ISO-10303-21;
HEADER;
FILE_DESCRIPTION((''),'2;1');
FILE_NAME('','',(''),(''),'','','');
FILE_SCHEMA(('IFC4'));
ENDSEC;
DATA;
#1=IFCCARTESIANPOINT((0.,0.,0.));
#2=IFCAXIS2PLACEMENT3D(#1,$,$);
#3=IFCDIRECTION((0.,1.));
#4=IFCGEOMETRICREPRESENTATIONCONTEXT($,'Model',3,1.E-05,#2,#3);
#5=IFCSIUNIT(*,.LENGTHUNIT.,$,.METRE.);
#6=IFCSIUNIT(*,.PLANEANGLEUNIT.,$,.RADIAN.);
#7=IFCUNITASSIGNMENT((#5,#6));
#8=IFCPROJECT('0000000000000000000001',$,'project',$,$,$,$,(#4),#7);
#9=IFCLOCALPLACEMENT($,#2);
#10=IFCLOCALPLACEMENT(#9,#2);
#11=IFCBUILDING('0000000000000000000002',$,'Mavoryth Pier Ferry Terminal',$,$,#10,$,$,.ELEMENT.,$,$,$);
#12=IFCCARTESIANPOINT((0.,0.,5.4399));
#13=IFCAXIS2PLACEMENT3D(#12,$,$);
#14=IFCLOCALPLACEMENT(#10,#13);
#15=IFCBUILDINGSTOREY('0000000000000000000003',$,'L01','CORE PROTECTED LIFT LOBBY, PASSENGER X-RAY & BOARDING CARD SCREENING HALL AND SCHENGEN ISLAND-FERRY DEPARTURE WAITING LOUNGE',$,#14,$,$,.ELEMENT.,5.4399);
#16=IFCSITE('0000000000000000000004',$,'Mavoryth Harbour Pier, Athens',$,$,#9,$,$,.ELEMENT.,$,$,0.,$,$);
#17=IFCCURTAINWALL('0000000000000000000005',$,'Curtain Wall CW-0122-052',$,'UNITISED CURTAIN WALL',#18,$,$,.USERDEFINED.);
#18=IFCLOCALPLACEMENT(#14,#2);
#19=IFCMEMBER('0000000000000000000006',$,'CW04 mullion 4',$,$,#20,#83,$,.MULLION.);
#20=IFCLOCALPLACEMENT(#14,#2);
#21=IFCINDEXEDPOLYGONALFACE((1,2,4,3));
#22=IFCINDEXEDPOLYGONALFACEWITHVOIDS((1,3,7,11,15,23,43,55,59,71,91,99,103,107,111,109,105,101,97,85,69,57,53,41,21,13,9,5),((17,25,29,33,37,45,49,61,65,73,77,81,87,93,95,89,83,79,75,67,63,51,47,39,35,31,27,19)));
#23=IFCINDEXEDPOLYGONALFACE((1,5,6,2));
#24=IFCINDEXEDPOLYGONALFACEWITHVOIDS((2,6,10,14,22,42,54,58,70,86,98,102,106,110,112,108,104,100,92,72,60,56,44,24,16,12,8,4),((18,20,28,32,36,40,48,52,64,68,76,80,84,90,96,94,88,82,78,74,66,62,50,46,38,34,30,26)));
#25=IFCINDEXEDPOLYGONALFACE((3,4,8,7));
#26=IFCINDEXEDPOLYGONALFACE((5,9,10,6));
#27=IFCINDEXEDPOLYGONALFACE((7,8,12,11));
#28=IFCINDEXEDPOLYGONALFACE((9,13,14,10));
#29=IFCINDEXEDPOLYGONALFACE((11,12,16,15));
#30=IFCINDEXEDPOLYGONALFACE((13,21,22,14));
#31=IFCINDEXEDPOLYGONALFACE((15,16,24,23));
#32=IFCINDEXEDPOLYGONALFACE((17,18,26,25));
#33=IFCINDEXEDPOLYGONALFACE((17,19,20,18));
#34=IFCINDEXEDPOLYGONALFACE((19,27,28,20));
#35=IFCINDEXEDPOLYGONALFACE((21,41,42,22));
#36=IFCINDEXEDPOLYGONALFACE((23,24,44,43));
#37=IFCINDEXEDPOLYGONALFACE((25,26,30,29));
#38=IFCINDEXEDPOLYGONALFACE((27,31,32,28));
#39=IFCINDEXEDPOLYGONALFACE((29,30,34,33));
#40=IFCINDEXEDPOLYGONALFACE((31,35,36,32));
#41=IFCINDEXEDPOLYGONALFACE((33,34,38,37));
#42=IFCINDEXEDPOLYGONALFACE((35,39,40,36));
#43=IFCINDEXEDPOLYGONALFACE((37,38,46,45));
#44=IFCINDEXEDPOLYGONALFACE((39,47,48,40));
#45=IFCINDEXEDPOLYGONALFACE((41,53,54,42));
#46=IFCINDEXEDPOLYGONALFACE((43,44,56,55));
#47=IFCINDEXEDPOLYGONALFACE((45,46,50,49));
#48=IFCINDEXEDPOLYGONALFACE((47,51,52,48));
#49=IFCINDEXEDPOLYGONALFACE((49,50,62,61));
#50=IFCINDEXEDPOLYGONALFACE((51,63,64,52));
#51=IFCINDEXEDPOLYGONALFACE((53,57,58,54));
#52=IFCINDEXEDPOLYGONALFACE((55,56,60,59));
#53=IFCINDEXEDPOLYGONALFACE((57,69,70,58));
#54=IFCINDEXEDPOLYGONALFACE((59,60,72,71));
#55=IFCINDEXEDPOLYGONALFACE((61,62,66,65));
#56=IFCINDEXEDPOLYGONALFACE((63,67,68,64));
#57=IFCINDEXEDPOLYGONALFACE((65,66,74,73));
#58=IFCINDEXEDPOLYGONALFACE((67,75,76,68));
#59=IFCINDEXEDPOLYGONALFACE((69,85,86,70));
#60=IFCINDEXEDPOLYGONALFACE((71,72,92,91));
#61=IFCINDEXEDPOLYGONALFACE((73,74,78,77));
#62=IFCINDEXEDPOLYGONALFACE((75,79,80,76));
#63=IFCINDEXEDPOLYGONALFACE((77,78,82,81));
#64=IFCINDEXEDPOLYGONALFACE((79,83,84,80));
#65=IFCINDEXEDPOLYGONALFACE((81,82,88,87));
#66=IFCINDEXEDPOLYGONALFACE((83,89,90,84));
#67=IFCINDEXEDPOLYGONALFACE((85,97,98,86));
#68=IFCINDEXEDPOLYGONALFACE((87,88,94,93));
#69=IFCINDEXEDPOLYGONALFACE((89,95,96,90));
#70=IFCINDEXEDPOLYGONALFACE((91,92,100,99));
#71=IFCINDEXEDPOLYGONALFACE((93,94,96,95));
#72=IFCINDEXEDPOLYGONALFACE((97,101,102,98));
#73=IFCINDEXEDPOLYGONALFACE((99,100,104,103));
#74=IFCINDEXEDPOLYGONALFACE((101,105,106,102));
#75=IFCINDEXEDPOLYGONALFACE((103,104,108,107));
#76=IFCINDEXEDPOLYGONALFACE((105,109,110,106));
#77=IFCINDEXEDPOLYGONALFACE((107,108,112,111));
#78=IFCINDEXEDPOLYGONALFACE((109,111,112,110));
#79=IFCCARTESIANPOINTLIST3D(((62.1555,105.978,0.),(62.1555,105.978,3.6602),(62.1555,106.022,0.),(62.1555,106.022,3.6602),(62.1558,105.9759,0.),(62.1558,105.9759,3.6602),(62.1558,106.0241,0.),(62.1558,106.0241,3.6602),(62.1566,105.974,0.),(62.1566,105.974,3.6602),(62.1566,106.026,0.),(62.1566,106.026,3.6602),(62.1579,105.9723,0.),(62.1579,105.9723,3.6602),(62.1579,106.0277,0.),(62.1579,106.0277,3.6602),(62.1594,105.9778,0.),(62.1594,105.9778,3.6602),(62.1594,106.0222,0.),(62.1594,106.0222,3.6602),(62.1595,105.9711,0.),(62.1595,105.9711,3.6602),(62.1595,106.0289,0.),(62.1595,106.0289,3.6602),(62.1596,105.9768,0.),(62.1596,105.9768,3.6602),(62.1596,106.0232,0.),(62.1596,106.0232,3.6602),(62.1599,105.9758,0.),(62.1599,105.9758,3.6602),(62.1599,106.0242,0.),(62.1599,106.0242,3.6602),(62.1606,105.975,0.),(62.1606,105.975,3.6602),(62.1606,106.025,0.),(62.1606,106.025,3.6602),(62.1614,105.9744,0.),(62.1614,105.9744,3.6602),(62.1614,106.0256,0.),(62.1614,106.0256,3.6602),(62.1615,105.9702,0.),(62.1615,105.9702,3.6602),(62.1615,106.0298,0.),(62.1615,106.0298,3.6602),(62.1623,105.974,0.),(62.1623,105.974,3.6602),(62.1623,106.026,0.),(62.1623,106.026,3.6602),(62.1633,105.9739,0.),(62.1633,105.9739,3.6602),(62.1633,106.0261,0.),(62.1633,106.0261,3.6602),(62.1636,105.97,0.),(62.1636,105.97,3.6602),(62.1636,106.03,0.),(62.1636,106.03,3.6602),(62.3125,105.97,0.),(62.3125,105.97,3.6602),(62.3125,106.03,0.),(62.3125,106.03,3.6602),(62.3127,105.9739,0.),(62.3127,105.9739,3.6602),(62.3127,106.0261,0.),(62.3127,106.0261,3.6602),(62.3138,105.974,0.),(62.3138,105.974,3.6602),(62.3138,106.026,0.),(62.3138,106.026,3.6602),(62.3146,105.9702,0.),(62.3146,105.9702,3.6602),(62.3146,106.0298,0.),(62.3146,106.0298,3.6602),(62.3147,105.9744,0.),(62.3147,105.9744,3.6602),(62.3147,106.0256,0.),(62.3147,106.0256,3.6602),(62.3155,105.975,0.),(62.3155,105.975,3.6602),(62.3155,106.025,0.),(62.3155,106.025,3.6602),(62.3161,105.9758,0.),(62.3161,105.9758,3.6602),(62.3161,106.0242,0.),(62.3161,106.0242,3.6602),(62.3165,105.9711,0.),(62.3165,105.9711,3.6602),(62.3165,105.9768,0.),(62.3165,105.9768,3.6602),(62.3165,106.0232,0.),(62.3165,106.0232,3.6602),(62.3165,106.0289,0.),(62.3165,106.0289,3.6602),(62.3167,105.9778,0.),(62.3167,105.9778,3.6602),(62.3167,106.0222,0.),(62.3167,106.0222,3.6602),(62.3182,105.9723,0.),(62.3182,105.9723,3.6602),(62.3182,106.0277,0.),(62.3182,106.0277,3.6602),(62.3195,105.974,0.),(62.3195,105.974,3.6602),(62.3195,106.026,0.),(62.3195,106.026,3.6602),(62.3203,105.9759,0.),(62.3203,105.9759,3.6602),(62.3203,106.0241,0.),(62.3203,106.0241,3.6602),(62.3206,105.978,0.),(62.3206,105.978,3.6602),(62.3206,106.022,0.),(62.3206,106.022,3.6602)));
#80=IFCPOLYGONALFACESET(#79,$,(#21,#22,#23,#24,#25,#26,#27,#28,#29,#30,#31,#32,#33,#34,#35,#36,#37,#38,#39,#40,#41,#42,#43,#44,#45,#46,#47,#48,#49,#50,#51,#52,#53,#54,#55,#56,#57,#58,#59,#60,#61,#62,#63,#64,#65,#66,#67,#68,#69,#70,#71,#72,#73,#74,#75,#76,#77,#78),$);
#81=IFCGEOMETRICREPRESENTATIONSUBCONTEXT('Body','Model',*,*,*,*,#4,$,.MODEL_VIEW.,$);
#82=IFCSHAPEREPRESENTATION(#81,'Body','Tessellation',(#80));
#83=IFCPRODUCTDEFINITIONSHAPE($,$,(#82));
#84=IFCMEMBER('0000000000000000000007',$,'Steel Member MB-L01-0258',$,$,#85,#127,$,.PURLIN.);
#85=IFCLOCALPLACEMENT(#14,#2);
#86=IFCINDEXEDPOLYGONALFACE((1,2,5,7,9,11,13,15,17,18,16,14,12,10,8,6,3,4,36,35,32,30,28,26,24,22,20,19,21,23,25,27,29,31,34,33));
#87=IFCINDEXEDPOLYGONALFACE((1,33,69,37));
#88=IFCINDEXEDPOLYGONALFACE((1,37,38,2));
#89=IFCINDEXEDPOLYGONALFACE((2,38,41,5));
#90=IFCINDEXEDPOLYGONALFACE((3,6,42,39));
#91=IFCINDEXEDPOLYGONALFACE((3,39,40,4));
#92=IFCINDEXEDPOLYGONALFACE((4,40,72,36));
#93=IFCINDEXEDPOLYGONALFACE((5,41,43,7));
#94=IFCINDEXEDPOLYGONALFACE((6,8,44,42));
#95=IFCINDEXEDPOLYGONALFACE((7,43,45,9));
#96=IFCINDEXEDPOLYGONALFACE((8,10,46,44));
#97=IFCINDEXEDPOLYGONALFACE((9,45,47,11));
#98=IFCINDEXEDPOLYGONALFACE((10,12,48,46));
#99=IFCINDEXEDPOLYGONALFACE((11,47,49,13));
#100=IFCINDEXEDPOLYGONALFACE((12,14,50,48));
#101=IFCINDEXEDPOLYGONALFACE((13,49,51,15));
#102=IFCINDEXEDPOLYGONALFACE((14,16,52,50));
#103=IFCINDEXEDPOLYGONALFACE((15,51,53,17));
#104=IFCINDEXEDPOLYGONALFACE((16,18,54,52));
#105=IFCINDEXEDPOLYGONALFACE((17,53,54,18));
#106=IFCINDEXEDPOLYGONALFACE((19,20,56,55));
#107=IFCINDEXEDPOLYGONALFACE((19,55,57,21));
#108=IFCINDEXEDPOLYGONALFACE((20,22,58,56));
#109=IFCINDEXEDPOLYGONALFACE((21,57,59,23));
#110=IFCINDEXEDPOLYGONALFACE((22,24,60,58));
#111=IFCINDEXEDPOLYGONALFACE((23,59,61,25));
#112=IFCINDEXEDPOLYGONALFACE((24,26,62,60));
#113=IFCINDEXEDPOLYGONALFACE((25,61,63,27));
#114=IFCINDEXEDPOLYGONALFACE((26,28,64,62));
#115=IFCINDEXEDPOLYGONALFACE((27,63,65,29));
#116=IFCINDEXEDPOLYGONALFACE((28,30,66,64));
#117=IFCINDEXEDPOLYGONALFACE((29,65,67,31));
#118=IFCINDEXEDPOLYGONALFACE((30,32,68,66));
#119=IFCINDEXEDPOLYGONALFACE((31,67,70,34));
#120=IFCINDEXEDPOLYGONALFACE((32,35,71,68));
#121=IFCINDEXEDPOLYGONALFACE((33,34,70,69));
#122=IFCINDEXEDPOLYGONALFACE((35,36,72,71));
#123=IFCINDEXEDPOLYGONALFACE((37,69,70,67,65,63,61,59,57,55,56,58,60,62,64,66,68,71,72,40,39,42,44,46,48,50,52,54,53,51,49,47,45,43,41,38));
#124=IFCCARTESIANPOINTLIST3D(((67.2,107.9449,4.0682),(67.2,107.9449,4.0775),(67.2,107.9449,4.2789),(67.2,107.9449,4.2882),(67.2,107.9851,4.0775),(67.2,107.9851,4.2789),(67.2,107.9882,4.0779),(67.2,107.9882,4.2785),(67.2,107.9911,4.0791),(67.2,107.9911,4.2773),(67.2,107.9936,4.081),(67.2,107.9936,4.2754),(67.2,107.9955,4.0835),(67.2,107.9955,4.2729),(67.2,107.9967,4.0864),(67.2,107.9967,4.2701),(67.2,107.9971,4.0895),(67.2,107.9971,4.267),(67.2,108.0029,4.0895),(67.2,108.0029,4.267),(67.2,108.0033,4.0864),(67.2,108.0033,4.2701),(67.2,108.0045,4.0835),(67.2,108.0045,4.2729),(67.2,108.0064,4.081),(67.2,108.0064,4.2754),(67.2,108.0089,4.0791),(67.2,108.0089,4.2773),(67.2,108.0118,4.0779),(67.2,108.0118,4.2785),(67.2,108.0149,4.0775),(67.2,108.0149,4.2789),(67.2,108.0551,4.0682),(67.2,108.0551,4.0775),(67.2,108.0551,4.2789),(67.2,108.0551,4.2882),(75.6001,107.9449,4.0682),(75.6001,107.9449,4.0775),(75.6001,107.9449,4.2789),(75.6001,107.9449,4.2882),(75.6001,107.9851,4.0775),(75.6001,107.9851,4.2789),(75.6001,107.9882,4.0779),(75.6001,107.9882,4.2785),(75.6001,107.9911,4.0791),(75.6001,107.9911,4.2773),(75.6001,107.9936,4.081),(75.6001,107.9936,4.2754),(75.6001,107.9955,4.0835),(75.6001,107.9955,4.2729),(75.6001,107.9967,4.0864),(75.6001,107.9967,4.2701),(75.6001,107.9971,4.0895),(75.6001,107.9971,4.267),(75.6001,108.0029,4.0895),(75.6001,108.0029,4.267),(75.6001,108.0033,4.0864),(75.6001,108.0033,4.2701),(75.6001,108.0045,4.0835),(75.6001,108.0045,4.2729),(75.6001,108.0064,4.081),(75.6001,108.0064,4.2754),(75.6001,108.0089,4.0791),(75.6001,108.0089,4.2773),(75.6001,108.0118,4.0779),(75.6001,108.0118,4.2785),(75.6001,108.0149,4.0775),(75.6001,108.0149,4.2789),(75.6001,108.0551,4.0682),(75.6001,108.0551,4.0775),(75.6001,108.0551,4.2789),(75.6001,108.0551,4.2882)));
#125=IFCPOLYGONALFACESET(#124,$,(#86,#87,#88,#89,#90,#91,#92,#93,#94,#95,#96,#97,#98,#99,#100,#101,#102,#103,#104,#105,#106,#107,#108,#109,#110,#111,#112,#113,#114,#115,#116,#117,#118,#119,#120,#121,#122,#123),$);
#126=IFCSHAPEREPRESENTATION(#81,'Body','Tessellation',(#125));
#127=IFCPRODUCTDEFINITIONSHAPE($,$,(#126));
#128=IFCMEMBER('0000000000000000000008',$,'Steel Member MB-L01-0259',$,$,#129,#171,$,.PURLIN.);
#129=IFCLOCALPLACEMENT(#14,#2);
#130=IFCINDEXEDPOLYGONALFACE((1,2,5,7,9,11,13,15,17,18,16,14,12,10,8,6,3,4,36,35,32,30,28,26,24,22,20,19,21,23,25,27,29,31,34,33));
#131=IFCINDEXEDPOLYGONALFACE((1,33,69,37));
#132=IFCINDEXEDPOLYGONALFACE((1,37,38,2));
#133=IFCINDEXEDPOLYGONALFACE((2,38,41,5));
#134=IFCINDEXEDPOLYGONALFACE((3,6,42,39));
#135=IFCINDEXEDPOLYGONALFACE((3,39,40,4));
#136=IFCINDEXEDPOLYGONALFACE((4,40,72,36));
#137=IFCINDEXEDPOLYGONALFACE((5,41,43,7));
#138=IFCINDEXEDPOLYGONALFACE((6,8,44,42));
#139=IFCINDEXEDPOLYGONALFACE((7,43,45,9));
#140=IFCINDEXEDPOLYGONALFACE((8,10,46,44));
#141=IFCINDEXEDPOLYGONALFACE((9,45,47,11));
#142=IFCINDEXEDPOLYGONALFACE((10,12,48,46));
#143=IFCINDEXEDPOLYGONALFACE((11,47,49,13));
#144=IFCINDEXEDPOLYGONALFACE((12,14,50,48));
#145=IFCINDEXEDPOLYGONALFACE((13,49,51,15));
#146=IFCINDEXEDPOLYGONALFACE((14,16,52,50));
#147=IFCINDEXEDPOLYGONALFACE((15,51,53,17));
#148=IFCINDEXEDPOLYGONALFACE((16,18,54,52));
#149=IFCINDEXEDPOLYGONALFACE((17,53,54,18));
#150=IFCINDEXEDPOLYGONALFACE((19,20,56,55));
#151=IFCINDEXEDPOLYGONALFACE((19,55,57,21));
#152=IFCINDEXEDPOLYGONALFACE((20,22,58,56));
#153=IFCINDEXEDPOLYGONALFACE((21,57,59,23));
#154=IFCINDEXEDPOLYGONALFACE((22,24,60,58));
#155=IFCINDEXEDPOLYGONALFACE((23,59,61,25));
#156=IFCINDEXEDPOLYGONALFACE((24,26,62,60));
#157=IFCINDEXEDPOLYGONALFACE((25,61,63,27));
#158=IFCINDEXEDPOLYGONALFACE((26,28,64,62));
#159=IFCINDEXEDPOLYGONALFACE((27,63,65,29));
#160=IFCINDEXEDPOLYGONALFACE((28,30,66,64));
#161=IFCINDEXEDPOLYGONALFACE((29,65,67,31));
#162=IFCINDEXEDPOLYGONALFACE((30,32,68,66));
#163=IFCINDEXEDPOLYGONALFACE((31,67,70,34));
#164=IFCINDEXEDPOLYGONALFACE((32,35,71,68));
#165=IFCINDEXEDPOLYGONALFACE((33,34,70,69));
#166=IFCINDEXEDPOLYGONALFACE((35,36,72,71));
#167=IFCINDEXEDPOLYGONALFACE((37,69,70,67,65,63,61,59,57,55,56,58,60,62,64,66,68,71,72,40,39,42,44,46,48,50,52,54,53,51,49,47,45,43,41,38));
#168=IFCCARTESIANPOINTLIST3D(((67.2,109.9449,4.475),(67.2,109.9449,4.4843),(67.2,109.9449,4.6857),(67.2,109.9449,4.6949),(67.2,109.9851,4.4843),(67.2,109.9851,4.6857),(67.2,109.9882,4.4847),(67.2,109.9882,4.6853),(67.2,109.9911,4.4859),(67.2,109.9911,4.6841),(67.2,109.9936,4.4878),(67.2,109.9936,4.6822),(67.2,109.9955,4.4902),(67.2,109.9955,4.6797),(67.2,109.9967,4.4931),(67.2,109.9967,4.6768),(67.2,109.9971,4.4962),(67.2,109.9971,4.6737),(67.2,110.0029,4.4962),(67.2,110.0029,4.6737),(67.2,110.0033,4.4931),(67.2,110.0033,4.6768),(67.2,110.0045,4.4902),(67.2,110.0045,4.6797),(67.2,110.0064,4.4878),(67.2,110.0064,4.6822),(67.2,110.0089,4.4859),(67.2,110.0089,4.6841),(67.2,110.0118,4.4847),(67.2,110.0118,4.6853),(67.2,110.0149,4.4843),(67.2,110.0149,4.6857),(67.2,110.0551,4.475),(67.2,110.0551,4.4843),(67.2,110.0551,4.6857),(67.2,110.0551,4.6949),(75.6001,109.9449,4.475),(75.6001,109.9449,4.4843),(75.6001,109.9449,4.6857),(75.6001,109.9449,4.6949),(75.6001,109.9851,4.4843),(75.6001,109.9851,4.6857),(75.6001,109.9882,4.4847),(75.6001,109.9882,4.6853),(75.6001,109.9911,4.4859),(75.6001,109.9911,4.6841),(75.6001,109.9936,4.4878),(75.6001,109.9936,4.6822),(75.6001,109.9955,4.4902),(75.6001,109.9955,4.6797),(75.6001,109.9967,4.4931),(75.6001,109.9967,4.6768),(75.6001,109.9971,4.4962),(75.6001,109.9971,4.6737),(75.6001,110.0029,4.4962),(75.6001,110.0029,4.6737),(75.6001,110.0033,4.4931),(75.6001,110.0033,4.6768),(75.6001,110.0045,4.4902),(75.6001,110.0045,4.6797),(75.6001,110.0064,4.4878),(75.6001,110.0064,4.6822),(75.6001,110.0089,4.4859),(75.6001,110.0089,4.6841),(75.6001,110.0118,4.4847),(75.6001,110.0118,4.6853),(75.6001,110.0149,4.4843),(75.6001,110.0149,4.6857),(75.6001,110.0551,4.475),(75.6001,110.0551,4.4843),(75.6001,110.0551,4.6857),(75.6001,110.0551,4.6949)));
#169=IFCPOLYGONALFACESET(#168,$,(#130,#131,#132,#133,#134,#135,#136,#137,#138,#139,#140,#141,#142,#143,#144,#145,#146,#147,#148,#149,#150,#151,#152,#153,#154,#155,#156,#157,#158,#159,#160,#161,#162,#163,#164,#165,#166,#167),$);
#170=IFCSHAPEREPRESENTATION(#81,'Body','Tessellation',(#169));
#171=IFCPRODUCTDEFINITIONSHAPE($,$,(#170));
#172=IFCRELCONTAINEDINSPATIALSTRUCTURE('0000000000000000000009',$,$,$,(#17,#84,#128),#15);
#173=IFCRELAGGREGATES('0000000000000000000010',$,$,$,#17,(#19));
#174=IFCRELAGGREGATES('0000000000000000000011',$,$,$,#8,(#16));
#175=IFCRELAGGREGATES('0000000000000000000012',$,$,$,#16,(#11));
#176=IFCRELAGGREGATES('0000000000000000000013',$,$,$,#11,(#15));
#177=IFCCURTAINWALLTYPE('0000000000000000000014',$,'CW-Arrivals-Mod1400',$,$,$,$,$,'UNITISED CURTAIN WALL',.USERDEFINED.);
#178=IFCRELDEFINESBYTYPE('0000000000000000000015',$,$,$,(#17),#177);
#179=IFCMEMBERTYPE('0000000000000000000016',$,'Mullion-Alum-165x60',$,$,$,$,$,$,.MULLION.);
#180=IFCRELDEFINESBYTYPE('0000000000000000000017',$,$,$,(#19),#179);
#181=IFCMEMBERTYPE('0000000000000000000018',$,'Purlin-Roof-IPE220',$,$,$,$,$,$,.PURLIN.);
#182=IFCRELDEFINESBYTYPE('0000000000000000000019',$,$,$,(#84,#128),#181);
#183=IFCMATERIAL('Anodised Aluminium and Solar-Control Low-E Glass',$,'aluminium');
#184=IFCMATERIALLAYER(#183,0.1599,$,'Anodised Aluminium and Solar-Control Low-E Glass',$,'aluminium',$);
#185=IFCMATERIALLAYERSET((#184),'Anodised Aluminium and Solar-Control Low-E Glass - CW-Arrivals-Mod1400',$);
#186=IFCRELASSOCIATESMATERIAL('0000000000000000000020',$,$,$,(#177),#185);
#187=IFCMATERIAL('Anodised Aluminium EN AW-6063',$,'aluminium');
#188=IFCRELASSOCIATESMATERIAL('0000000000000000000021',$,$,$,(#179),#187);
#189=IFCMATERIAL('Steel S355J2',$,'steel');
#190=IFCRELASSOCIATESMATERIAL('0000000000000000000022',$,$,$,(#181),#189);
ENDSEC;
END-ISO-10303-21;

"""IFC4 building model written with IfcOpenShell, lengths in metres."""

from ifc_helpers import new_model, si_unit, direction, frame, origin, origin_2d, place, context, subcontext, project, spatial, hollow_rectangle, i_section, extrude, material, layer, layer_set, material_profile, profile_set, type_object, element, aggregate, save


model = new_model("IFC4")

# Units and contexts
model_context = context("Model", 3, precision=1e-05, world=origin(), true_north=direction((0.0, 1.0)))
body_context = subcontext(model_context, "Body", "Model", "MODEL_VIEW")
ifc_project = project(units=[si_unit("LENGTHUNIT", "METRE"), si_unit("PLANEANGLEUNIT", "RADIAN")], contexts=[model_context])

# Site, building, storey
site_placement = place(None, origin())
site = spatial("IfcSite", under=ifc_project, at=site_placement, Name="Mavoryth Harbour Pier, Athens", CompositionType="ELEMENT", RefElevation=0.0)
building_placement = place(site_placement, origin())
building = spatial("IfcBuilding", under=site, at=building_placement, Name="Mavoryth Pier Ferry Terminal", CompositionType="ELEMENT")
storey_placement = place(building_placement, frame((0.0, 0.0, 5.4399)))
storey = spatial("IfcBuildingStorey", under=building, at=storey_placement, Name="L01", Description="CORE PROTECTED LIFT LOBBY, PASSENGER X-RAY & BOARDING CARD SCREENING HALL AND SCHENGEN ISLAND-FERRY DEPARTURE WAITING LOUNGE", CompositionType="ELEMENT", Elevation=5.4399)

# Shared definitions
ifc_material_1 = material(Name="Steel S355J2", Category="steel")

# Curtain wall, member
ifc_material_2 = material(Name="Anodised Aluminium and Solar-Control Low-E Glass", Category="aluminium")
ifc_layer_1 = layer(ifc_material_2, 0.1599, Name="Anodised Aluminium and Solar-Control Low-E Glass", Category="aluminium")
ifc_layer_set_1 = layer_set([ifc_layer_1], Name="Anodised Aluminium and Solar-Control Low-E Glass - CW-Arrivals-Mod1400")
curtain_wall_type = type_object("IfcCurtainWallType", Name="CW-Arrivals-Mod1400", ElementType="UNITISED CURTAIN WALL", PredefinedType="USERDEFINED", material=ifc_layer_set_1)
curtain_wall_placement = place(storey_placement, origin())
curtain_wall = element("IfcCurtainWall", 1, at=curtain_wall_placement, inside=storey, type_object=curtain_wall_type, Name="Curtain Wall CW-0122-052", ObjectType="UNITISED CURTAIN WALL", PredefinedType="USERDEFINED")
ifc_material_3 = material(Name="Anodised Aluminium EN AW-6063", Category="aluminium")
ifc_material_profile_1 = material_profile(ifc_material_3, hollow_rectangle(XDim=0.0601, YDim=0.165, WallThickness=0.0039, InnerFilletRadius=0.0039, OuterFilletRadius=0.0081, at=origin_2d()), Name="AL-MULL 165x60x4", Category="aluminium")
ifc_profile_set_1 = profile_set([ifc_material_profile_1], Name="Anodised Aluminium EN AW-6063 - AL-MULL 165x60x4")
member_type_1 = type_object("IfcMemberType", Name="Mullion-Alum-165x60", PredefinedType="MULLION", material=ifc_profile_set_1)
member_1_placement = place(storey_placement, frame((62.238, 106.0, 0.0), z_axis=(0.0, 0.0, 1.0), x_axis=(0.0, -1.0, 0.0)))
member_1 = element("IfcMember", 2, at=member_1_placement, type_object=member_type_1, Name="CW04 mullion 4", PredefinedType="MULLION", context=body_context, shape_type="SweptSolid", body=[
    extrude(hollow_rectangle(XDim=0.0601, YDim=0.165, WallThickness=0.0039, InnerFilletRadius=0.0039, OuterFilletRadius=0.0081, at=origin_2d()), origin(), (0.0, 0.0, 1.0), 3.6602),
])

# Members
ifc_material_profile_2 = material_profile(ifc_material_1, i_section(OverallWidth=0.1101, OverallDepth=0.22, WebThickness=0.0059, FlangeThickness=0.0093, FilletRadius=0.012, at=origin_2d()), Name="IPE 220", Category="steel")
ifc_profile_set_2 = profile_set([ifc_material_profile_2], Name="Steel S355J2 - IPE 220")
member_type_2 = type_object("IfcMemberType", Name="Purlin-Roof-IPE220", PredefinedType="PURLIN", material=ifc_profile_set_2)
for number, where, z_axis, x_axis, name in (
    (3, (67.2, 108.0, 4.1782), (1.0, 0.0, 0.0), (0.0, 1.0, 0.0), "Steel Member MB-L01-0258"),
    (4, (67.2, 110.0, 4.585), (1.0, 0.0, 0.0), (0.0, 1.0, 0.0), "Steel Member MB-L01-0259"),
):
    element("IfcMember", number, at=place(storey_placement, frame(where, z_axis=z_axis, x_axis=x_axis)), inside=storey, type_object=member_type_2, Name=name, PredefinedType="PURLIN", context=body_context, shape_type="SweptSolid", body=[
        extrude(i_section(OverallWidth=0.1101, OverallDepth=0.22, WebThickness=0.0059, FlangeThickness=0.0093, FilletRadius=0.012, at=origin_2d()), origin(), (0.0, 0.0, 1.0), 8.4001),
    ])

aggregate(curtain_wall, [member_1])

save(model, "model.ifc")
